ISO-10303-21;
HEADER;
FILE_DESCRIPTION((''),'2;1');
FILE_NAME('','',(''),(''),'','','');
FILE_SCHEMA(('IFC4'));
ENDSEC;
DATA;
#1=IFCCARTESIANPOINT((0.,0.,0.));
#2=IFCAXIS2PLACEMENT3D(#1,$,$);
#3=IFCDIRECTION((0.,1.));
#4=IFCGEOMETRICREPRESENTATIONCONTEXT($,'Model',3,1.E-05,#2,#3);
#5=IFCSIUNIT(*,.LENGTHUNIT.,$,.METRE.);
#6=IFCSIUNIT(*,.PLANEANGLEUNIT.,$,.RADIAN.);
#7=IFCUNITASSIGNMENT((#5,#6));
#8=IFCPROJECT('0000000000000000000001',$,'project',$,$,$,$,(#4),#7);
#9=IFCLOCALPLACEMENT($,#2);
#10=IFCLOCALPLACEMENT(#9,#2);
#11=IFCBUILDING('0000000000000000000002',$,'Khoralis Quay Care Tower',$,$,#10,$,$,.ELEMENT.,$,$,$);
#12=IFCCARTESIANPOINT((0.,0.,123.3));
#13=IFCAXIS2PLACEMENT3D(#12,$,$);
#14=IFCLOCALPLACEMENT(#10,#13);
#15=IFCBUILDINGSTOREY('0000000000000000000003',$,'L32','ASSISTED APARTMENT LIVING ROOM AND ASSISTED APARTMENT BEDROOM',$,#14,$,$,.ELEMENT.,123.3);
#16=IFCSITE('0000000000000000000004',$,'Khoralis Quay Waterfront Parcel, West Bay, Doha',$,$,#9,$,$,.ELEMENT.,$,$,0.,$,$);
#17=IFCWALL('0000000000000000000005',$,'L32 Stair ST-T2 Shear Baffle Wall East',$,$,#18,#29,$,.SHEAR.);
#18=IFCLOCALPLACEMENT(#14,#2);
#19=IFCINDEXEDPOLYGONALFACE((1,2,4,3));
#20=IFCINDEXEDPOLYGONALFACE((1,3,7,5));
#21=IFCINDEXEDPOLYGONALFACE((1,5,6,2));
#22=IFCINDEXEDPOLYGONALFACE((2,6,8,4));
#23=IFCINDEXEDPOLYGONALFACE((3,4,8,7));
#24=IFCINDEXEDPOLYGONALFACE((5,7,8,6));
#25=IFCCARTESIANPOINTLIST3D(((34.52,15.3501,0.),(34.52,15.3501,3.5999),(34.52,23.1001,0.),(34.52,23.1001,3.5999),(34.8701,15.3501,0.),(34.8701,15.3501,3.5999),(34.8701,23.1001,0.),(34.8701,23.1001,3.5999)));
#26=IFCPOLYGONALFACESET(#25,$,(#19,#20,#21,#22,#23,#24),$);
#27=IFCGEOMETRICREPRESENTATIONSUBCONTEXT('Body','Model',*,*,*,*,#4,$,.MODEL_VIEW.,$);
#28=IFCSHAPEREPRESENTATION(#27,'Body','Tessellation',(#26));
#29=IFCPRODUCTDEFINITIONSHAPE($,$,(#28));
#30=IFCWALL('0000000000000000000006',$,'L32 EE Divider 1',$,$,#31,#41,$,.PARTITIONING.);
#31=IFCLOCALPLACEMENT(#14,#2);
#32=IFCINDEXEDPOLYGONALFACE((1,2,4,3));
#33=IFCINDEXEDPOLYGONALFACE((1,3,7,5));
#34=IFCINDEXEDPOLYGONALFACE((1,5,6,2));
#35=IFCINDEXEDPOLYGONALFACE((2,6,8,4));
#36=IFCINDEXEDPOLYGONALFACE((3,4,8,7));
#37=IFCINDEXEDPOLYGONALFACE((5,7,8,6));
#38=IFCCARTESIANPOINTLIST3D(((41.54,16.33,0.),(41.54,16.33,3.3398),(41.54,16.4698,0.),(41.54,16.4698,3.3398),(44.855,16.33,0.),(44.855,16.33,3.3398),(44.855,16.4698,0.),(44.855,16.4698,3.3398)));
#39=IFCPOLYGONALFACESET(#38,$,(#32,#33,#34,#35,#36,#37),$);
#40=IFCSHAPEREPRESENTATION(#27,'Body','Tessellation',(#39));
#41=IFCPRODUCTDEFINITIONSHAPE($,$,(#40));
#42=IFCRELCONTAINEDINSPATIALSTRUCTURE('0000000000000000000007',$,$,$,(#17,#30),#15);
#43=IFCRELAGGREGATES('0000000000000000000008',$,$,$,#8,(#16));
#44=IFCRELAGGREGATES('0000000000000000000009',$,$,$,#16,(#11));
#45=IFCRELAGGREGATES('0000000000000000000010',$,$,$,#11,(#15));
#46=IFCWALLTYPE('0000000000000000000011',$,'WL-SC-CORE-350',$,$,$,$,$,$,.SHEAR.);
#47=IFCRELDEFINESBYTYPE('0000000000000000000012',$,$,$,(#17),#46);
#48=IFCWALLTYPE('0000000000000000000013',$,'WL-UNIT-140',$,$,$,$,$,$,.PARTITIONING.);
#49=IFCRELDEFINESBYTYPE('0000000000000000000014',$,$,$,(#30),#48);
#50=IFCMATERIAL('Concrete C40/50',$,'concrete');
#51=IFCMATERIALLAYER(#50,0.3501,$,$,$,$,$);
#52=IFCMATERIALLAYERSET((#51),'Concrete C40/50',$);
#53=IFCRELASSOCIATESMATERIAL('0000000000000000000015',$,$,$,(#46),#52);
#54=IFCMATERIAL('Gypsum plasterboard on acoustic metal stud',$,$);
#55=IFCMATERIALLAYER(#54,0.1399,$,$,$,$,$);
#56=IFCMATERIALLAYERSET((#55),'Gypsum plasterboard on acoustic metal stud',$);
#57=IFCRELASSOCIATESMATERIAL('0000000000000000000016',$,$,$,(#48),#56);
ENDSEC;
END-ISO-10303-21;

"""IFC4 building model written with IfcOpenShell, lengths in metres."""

from ifc_helpers import new_model, si_unit, direction, frame, frame_2d, origin, place, context, subcontext, project, spatial, rectangle, extrude, material, layer, layer_set, type_object, element, save


model = new_model("IFC4")

# Units and contexts
model_context = context("Model", 3, precision=1e-05, world=origin(), true_north=direction((0.0, 1.0)))
body_context = subcontext(model_context, "Body", "Model", "MODEL_VIEW")
ifc_project = project(units=[si_unit("LENGTHUNIT", "METRE"), si_unit("PLANEANGLEUNIT", "RADIAN")], contexts=[model_context])

# Site, building, storey
site_placement = place(None, origin())
site = spatial("IfcSite", under=ifc_project, at=site_placement, Name="Khoralis Quay Waterfront Parcel, West Bay, Doha", CompositionType="ELEMENT", RefElevation=0.0)
building_placement = place(site_placement, origin())
building = spatial("IfcBuilding", under=site, at=building_placement, Name="Khoralis Quay Care Tower", CompositionType="ELEMENT")
storey_placement = place(building_placement, frame((0.0, 0.0, 123.3)))
storey = spatial("IfcBuildingStorey", under=building, at=storey_placement, Name="L32", Description="ASSISTED APARTMENT LIVING ROOM AND ASSISTED APARTMENT BEDROOM", CompositionType="ELEMENT", Elevation=123.3)

# Walls
ifc_material_1 = material(Name="Concrete C40/50", Category="concrete")
ifc_layer_1 = layer(ifc_material_1, 0.3501)
ifc_layer_set_1 = layer_set([ifc_layer_1], Name="Concrete C40/50")
wall_type_1 = type_object("IfcWallType", Name="WL-SC-CORE-350", PredefinedType="SHEAR", material=ifc_layer_set_1)
wall_1_placement = place(storey_placement, frame((34.6951, 15.3501, 0.0), z_axis=(0.0, 0.0, 1.0), x_axis=(0.0, 1.0, 0.0)))
element("IfcWall", 1, at=wall_1_placement, inside=storey, type_object=wall_type_1, Name="L32 Stair ST-T2 Shear Baffle Wall East", PredefinedType="SHEAR", context=body_context, shape_type="SweptSolid", body=[
    extrude(rectangle(XDim=7.75, YDim=0.3501, at=frame_2d((3.875, 0.0))), origin(), (0.0, 0.0, 1.0), 3.5999),
])
ifc_material_2 = material(Name="Gypsum plasterboard on acoustic metal stud")
ifc_layer_2 = layer(ifc_material_2, 0.1399)
ifc_layer_set_2 = layer_set([ifc_layer_2], Name="Gypsum plasterboard on acoustic metal stud")
wall_type_2 = type_object("IfcWallType", Name="WL-UNIT-140", PredefinedType="PARTITIONING", material=ifc_layer_set_2)
wall_2_placement = place(storey_placement, frame((41.54, 16.3999, 0.0), z_axis=(0.0, 0.0, 1.0), x_axis=(1.0, 0.0, 0.0)))
element("IfcWall", 2, at=wall_2_placement, inside=storey, type_object=wall_type_2, Name="L32 EE Divider 1", PredefinedType="PARTITIONING", context=body_context, shape_type="SweptSolid", body=[
    extrude(rectangle(XDim=3.3149, YDim=0.1399, at=frame_2d((1.6575, 0.0))), origin(), (0.0, 0.0, 1.0), 3.3398),
])

save(model, "model.ifc")
